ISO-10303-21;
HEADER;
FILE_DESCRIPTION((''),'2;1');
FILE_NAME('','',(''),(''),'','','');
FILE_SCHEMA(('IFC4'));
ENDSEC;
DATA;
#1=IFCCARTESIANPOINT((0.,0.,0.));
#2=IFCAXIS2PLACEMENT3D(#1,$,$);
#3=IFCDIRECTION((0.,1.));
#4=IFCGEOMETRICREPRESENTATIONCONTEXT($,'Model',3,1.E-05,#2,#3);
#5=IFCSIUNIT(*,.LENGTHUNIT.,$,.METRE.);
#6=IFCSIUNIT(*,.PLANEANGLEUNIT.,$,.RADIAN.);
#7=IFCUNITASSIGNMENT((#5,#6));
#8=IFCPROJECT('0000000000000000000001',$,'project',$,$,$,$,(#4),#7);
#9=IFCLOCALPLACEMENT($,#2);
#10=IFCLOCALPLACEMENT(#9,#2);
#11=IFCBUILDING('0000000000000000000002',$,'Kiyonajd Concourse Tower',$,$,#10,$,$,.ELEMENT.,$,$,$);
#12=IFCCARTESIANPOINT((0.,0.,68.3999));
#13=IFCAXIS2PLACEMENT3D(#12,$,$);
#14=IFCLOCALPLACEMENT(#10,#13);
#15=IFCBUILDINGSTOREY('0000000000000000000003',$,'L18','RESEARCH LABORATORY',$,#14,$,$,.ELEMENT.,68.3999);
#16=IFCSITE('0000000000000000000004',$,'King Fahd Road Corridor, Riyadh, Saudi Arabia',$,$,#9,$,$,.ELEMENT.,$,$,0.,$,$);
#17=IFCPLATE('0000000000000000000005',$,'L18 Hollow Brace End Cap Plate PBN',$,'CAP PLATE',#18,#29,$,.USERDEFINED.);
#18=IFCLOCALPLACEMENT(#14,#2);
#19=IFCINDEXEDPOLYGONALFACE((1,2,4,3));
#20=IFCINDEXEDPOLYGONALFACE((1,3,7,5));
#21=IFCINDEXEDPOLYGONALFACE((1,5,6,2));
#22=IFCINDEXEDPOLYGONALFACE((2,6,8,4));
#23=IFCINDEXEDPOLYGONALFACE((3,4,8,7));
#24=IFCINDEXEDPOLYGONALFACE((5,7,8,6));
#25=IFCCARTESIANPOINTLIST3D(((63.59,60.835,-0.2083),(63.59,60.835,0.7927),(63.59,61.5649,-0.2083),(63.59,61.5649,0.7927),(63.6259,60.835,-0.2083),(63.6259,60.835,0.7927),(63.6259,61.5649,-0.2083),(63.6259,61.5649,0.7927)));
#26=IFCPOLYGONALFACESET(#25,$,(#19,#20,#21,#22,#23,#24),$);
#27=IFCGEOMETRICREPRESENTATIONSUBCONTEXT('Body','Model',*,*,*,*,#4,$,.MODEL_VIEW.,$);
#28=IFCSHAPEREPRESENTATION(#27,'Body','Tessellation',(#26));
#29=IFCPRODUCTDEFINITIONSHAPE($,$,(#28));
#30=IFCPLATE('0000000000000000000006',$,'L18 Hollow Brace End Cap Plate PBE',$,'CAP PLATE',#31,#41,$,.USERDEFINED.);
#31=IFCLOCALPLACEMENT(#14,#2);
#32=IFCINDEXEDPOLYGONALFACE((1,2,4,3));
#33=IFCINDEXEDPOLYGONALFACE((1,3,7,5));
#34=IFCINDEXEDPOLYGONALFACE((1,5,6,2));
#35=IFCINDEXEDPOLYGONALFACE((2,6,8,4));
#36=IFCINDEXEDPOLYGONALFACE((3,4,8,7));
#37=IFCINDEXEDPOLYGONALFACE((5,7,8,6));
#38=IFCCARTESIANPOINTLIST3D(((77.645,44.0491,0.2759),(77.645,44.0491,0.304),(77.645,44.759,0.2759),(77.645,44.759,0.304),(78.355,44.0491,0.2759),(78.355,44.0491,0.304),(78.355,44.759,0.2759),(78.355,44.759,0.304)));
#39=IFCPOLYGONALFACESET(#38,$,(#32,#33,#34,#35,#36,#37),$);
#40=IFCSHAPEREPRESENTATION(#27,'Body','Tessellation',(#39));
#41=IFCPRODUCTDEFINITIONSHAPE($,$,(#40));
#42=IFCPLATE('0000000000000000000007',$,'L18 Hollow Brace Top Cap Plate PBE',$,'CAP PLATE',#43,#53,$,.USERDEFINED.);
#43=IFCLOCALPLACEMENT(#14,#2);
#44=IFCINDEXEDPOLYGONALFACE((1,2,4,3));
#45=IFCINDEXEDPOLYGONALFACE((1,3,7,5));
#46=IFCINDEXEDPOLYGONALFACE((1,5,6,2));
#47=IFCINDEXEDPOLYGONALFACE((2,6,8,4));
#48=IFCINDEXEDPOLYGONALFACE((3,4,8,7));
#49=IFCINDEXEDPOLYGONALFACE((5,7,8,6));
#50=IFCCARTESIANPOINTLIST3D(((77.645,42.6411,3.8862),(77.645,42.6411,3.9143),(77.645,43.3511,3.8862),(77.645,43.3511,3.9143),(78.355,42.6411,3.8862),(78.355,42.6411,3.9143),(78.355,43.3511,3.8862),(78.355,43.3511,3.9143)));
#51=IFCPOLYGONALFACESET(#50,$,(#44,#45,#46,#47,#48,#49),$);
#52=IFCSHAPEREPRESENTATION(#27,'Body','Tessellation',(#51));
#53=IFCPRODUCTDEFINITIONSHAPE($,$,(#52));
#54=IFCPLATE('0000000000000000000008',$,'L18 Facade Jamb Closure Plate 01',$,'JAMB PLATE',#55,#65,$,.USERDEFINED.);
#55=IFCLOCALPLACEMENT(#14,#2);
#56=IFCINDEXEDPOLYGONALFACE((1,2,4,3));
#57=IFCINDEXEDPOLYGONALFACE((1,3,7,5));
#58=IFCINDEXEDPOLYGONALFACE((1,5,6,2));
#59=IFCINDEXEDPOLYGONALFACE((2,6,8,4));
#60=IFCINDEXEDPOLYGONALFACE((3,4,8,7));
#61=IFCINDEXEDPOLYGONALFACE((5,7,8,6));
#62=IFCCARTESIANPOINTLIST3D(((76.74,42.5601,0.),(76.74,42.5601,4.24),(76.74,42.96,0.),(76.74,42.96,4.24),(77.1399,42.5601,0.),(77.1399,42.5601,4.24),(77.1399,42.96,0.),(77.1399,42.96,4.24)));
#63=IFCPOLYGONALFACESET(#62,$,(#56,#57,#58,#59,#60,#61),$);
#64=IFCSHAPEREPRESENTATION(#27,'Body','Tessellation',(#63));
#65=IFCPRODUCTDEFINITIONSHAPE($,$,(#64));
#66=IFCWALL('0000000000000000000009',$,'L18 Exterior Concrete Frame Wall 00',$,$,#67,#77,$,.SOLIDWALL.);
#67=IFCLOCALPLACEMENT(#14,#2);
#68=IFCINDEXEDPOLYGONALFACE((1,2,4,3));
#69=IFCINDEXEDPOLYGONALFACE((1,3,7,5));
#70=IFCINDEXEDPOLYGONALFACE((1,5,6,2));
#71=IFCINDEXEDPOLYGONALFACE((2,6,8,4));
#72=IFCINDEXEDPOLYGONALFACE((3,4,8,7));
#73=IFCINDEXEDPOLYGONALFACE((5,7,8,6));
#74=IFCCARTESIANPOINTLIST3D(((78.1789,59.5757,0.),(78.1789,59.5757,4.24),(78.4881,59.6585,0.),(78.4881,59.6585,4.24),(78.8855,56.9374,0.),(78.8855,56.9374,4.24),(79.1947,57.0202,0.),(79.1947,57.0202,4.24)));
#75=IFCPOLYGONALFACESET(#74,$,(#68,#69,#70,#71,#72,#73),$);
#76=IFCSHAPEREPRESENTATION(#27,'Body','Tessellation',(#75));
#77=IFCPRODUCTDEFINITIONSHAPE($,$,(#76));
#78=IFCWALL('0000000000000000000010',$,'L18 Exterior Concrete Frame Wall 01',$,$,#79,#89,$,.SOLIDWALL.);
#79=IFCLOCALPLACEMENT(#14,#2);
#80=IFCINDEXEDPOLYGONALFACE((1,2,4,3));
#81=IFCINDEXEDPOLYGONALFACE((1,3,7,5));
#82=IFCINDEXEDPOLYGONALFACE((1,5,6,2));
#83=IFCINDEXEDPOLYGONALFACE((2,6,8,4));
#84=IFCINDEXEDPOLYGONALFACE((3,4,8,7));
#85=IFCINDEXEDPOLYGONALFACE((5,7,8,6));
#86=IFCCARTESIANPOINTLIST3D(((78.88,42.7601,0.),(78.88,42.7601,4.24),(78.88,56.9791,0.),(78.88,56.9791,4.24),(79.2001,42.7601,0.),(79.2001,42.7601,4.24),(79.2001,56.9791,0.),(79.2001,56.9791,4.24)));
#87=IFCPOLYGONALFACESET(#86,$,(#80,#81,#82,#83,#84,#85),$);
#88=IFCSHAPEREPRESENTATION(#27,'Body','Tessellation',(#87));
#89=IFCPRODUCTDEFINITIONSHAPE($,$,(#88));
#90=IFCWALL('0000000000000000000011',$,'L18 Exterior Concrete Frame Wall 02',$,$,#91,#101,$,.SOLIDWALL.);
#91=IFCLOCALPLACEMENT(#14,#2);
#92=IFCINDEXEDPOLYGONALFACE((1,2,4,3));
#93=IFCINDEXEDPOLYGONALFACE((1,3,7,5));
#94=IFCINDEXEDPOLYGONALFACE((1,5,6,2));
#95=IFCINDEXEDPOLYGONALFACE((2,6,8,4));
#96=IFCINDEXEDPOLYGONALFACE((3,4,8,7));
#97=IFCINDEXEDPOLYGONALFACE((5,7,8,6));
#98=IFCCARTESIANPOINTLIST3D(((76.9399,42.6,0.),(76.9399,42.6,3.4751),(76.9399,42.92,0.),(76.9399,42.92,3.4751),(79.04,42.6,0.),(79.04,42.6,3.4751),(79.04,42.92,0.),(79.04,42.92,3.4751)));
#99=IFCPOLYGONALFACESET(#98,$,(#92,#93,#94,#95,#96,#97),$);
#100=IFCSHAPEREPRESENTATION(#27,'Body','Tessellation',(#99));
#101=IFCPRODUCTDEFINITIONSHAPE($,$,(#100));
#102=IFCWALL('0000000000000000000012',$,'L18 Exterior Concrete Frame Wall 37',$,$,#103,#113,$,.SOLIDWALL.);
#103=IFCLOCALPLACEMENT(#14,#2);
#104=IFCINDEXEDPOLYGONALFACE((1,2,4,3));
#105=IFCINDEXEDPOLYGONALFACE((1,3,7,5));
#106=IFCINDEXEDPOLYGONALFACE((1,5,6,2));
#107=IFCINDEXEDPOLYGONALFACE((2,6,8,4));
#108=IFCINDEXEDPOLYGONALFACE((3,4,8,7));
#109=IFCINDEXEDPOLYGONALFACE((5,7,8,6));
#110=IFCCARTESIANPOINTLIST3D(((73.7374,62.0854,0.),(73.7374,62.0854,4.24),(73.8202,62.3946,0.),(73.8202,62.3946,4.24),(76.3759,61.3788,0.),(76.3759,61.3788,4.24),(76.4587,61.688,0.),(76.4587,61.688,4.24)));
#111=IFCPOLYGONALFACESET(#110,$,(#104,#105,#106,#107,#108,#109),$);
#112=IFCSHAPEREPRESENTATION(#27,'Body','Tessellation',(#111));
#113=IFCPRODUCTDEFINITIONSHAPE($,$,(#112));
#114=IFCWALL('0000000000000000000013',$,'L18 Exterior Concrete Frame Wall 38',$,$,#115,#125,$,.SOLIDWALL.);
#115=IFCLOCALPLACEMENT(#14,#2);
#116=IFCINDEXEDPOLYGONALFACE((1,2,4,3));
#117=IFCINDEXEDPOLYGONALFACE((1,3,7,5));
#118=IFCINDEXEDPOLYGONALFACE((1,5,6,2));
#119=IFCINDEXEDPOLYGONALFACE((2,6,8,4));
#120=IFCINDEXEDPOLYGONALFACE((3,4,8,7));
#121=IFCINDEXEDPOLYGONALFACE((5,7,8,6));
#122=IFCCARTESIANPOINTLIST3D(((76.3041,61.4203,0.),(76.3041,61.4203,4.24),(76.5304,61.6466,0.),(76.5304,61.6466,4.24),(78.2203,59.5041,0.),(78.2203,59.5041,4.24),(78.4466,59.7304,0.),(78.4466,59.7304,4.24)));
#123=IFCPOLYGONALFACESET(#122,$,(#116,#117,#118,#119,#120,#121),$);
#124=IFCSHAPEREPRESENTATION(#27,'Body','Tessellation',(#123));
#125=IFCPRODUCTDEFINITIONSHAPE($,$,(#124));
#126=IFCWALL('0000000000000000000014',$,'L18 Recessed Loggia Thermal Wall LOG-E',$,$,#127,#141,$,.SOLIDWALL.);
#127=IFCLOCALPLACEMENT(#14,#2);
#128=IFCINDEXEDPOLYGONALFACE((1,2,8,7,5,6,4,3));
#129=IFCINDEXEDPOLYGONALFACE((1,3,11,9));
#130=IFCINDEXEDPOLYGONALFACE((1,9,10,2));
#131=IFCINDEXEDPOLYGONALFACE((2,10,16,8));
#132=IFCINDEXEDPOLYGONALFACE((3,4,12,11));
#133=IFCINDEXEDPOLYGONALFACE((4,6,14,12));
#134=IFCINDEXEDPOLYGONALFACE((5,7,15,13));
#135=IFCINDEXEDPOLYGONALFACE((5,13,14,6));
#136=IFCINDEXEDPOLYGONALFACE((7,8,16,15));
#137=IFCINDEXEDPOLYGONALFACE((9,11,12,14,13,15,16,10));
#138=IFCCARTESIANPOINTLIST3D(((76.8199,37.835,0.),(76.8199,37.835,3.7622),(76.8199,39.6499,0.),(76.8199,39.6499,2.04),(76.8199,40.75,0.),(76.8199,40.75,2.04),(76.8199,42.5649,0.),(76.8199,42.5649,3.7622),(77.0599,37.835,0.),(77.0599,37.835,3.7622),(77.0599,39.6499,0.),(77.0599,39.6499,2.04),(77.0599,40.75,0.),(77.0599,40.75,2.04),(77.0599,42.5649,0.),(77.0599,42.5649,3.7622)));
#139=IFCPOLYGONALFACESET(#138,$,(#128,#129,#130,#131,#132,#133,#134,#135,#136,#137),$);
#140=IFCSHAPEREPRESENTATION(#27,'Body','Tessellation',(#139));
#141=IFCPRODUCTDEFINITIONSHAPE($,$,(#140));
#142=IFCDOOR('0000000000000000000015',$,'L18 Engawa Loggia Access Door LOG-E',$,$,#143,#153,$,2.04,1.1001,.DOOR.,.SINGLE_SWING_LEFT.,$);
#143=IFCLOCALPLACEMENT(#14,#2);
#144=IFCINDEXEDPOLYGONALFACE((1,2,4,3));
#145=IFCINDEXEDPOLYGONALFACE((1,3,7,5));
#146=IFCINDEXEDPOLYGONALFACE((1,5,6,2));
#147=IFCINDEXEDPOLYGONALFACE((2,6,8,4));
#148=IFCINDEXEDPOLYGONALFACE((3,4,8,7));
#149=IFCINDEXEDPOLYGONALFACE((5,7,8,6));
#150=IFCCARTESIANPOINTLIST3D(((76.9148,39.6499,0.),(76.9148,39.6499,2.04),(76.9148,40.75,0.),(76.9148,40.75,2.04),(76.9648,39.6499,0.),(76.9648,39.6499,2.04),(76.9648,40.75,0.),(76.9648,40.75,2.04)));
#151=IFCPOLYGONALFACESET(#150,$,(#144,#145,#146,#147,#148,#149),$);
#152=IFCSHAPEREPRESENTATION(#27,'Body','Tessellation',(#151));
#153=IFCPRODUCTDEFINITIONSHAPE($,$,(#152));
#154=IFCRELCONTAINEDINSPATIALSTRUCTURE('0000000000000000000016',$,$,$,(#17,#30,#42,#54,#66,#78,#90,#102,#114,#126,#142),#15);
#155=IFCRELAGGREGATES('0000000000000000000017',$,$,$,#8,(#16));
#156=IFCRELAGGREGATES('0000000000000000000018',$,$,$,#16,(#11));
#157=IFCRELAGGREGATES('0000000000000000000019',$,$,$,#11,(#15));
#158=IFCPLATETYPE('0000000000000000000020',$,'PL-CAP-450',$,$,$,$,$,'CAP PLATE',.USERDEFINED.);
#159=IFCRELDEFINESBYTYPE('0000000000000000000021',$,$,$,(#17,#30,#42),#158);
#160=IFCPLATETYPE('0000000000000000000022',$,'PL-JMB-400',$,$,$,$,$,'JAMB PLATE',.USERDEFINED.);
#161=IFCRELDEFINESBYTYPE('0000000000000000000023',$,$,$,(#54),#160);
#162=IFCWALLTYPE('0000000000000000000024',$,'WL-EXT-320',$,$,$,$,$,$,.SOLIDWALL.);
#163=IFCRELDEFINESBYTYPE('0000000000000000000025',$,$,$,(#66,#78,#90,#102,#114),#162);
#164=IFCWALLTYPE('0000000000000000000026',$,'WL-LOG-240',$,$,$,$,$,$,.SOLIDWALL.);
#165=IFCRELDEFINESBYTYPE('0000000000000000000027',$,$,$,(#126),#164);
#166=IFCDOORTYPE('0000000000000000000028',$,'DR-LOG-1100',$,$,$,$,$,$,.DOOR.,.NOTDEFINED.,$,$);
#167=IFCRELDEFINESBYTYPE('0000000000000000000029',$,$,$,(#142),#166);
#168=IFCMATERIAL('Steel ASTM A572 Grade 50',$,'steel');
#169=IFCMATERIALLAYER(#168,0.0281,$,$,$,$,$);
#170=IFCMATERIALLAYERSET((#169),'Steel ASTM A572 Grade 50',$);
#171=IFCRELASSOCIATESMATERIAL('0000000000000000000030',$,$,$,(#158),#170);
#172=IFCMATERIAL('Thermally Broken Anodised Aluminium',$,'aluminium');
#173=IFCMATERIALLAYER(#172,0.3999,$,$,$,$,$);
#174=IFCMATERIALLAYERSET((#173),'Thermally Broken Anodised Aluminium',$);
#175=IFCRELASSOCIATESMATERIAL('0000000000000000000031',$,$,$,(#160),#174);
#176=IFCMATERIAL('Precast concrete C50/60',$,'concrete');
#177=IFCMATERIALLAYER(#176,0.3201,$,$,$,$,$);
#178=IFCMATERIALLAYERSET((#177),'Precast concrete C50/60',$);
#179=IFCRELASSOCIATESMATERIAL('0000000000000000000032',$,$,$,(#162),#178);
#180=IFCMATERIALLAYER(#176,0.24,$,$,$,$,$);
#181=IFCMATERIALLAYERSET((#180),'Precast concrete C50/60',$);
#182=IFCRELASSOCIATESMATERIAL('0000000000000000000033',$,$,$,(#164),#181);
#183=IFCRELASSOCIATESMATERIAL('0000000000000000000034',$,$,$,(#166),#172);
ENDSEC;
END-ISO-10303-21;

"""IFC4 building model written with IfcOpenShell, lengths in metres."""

from ifc_helpers import new_model, si_unit, direction, frame, frame_2d, origin, origin_2d, place, context, subcontext, project, spatial, rectangle, extrude, material, layer, layer_set, type_object, element, fill, save


model = new_model("IFC4")

# Units and contexts
model_context = context("Model", 3, precision=1e-05, world=origin(), true_north=direction((0.0, 1.0)))
body_context = subcontext(model_context, "Body", "Model", "MODEL_VIEW")
ifc_project = project(units=[si_unit("LENGTHUNIT", "METRE"), si_unit("PLANEANGLEUNIT", "RADIAN")], contexts=[model_context])

# Site, building, storey
site_placement = place(None, origin())
site = spatial("IfcSite", under=ifc_project, at=site_placement, Name="King Fahd Road Corridor, Riyadh, Saudi Arabia", CompositionType="ELEMENT", RefElevation=0.0)
building_placement = place(site_placement, origin())
building = spatial("IfcBuilding", under=site, at=building_placement, Name="Kiyonajd Concourse Tower", CompositionType="ELEMENT")
storey_placement = place(building_placement, frame((0.0, 0.0, 68.3999)))
storey = spatial("IfcBuildingStorey", under=building, at=storey_placement, Name="L18", Description="RESEARCH LABORATORY", CompositionType="ELEMENT", Elevation=68.3999)

# Shared definitions
ifc_material_1 = material(Name="Precast concrete C50/60", Category="concrete")

# Shared definitions
ifc_material_2 = material(Name="Steel ASTM A572 Grade 50", Category="steel")

# Plates
ifc_layer_1 = layer(ifc_material_2, 0.0281)
ifc_layer_set_1 = layer_set([ifc_layer_1], Name="Steel ASTM A572 Grade 50")
plate_type_1 = type_object("IfcPlateType", Name="PL-CAP-450", ElementType="CAP PLATE", PredefinedType="USERDEFINED", material=ifc_layer_set_1)
plate_1_placement = place(storey_placement, frame((63.6079, 61.2, -0.2083), z_axis=(0.0, 0.0, 1.0), x_axis=(1.0, 0.0, 0.0)))
element("IfcPlate", 1, at=plate_1_placement, inside=storey, type_object=plate_type_1, Name="L18 Hollow Brace End Cap Plate PBN", ObjectType="CAP PLATE", PredefinedType="USERDEFINED", context=body_context, shape_type="SweptSolid", body=[
    extrude(rectangle(XDim=0.0359, YDim=0.73, at=origin_2d()), origin(), (0.0, 0.0, 1.0), 1.001),
])
for number, where, z_axis, x_axis, name in (
    (2, (78.0, 44.4041, 0.2759), (0.0, 0.0, 1.0), (1.0, 0.0, 0.0), "L18 Hollow Brace End Cap Plate PBE"),
    (3, (78.0, 42.9961, 3.8862), (0.0, 0.0, 1.0), (1.0, 0.0, 0.0), "L18 Hollow Brace Top Cap Plate PBE"),
):
    element("IfcPlate", number, at=place(storey_placement, frame(where, z_axis=z_axis, x_axis=x_axis)), inside=storey, type_object=plate_type_1, Name=name, ObjectType="CAP PLATE", PredefinedType="USERDEFINED", context=body_context, shape_type="SweptSolid", body=[
        extrude(rectangle(XDim=0.71, YDim=0.71, at=origin_2d()), origin(), (0.0, 0.0, 1.0), 0.0281),
    ])
ifc_material_3 = material(Name="Thermally Broken Anodised Aluminium", Category="aluminium")
ifc_layer_2 = layer(ifc_material_3, 0.3999)
ifc_layer_set_2 = layer_set([ifc_layer_2], Name="Thermally Broken Anodised Aluminium")
plate_type_2 = type_object("IfcPlateType", Name="PL-JMB-400", ElementType="JAMB PLATE", PredefinedType="USERDEFINED", material=ifc_layer_set_2)
plate_2_placement = place(storey_placement, frame((76.9399, 42.76, 0.0), z_axis=(0.0, 0.0, 1.0), x_axis=(1.0, 0.0, 0.0)))
element("IfcPlate", 4, at=plate_2_placement, inside=storey, type_object=plate_type_2, Name="L18 Facade Jamb Closure Plate 01", ObjectType="JAMB PLATE", PredefinedType="USERDEFINED", context=body_context, shape_type="SweptSolid", body=[
    extrude(rectangle(XDim=0.3999, YDim=0.3999, at=origin_2d()), origin(), (0.0, 0.0, 1.0), 4.24),
])

# Walls
ifc_layer_3 = layer(ifc_material_1, 0.3201)
ifc_layer_set_3 = layer_set([ifc_layer_3], Name="Precast concrete C50/60")
wall_type_1 = type_object("IfcWallType", Name="WL-EXT-320", PredefinedType="SOLIDWALL", material=ifc_layer_set_3)
wall_1_placement = place(storey_placement, frame((78.3335, 59.6172, 0.0), z_axis=(0.0, 0.0, 1.0), x_axis=(0.258697, -0.965958, 0.0)))
element("IfcWall", 5, at=wall_1_placement, inside=storey, type_object=wall_type_1, Name="L18 Exterior Concrete Frame Wall 00", PredefinedType="SOLIDWALL", context=body_context, shape_type="SweptSolid", body=[
    extrude(rectangle(XDim=2.7312, YDim=0.3201, at=frame_2d((1.3657, 0.0))), origin(), (0.0, 0.0, 1.0), 4.24),
])
wall_2_placement = place(storey_placement, frame((79.04, 56.979, 0.0), z_axis=(0.0, 0.0, 1.0), x_axis=(0.0, -1.0, 0.0)))
element("IfcWall", 6, at=wall_2_placement, inside=storey, type_object=wall_type_1, Name="L18 Exterior Concrete Frame Wall 01", PredefinedType="SOLIDWALL", context=body_context, shape_type="SweptSolid", body=[
    extrude(rectangle(XDim=14.219, YDim=0.3201, at=frame_2d((7.1094, 0.0))), origin(), (0.0, 0.0, 1.0), 4.24),
])
wall_3_placement = place(storey_placement, frame((79.04, 42.76, 0.0), z_axis=(0.0, 0.0, 1.0), x_axis=(-1.0, 0.0, 0.0)))
element("IfcWall", 7, at=wall_3_placement, inside=storey, type_object=wall_type_1, Name="L18 Exterior Concrete Frame Wall 02", PredefinedType="SOLIDWALL", context=body_context, shape_type="SweptSolid", body=[
    extrude(rectangle(XDim=2.1001, YDim=0.3201, at=frame_2d((1.05, 0.0))), origin(), (0.0, 0.0, 1.0), 3.4751),
])
wall_4_placement = place(storey_placement, frame((73.7788, 62.24, 0.0), z_axis=(0.0, 0.0, 1.0), x_axis=(0.965964, -0.258675, 0.0)))
element("IfcWall", 8, at=wall_4_placement, inside=storey, type_object=wall_type_1, Name="L18 Exterior Concrete Frame Wall 37", PredefinedType="SOLIDWALL", context=body_context, shape_type="SweptSolid", body=[
    extrude(rectangle(XDim=2.7314, YDim=0.3201, at=frame_2d((1.3657, 0.0))), origin(), (0.0, 0.0, 1.0), 4.24),
])
wall_5_placement = place(storey_placement, frame((76.4172, 61.5334, 0.0), z_axis=(0.0, 0.0, 1.0), x_axis=(0.707107, -0.707107, 0.0)))
element("IfcWall", 9, at=wall_5_placement, inside=storey, type_object=wall_type_1, Name="L18 Exterior Concrete Frame Wall 38", PredefinedType="SOLIDWALL", context=body_context, shape_type="SweptSolid", body=[
    extrude(rectangle(XDim=2.71, YDim=0.3201, at=frame_2d((1.355, 0.0))), origin(), (0.0, 0.0, 1.0), 4.24),
])

# Wall, opening, door
ifc_layer_4 = layer(ifc_material_1, 0.24)
ifc_layer_set_4 = layer_set([ifc_layer_4], Name="Precast concrete C50/60")
wall_type_2 = type_object("IfcWallType", Name="WL-LOG-240", PredefinedType="SOLIDWALL", material=ifc_layer_set_4)
wall_6_placement = place(storey_placement, frame((76.9399, 42.5649, 0.0), z_axis=(0.0, 0.0, 1.0), x_axis=(0.0, -1.0, 0.0)))
wall_6 = element("IfcWall", 10, at=wall_6_placement, inside=storey, type_object=wall_type_2, Name="L18 Recessed Loggia Thermal Wall LOG-E", PredefinedType="SOLIDWALL", context=body_context, shape_type="SweptSolid", body=[
    extrude(rectangle(XDim=4.73, YDim=0.24, at=frame_2d((2.365, 0.0))), origin(), (0.0, 0.0, 1.0), 3.7622),
])
opening_placement = place(wall_6_placement, frame((1.8149, 0.0, 0.0)))
opening = element("IfcOpeningElement", 11, at=opening_placement, cuts=wall_6, PredefinedType="OPENING", context=body_context, shape_type="SweptSolid", body=[
    extrude(rectangle(XDim=1.1001, YDim=2.04, at=frame_2d((0.55, 1.02))), frame((0.0, 0.1299, 0.0), z_axis=(0.0, -1.0, 0.0), x_axis=(1.0, 0.0, 0.0)), (0.0, 0.0, 1.0), 0.26),
])
door_type = type_object("IfcDoorType", Name="DR-LOG-1100", OperationType="NOTDEFINED", PredefinedType="DOOR", material=ifc_material_3)
door_placement = place(opening_placement, origin())
door = element("IfcDoor", 12, at=door_placement, inside=storey, type_object=door_type, Name="L18 Engawa Loggia Access Door LOG-E", OperationType="SINGLE_SWING_LEFT", OverallHeight=2.04, OverallWidth=1.1001, PredefinedType="DOOR", context=body_context, shape_type="SweptSolid", body=[
    extrude(rectangle(XDim=1.1001, YDim=2.04, at=frame_2d((0.55, 1.02))), frame((0.0, 0.0249, 0.0), z_axis=(0.0, -1.0, 0.0), x_axis=(1.0, 0.0, 0.0)), (0.0, 0.0, 1.0), 0.05),
])
fill(opening, door)

save(model, "model.ifc")
